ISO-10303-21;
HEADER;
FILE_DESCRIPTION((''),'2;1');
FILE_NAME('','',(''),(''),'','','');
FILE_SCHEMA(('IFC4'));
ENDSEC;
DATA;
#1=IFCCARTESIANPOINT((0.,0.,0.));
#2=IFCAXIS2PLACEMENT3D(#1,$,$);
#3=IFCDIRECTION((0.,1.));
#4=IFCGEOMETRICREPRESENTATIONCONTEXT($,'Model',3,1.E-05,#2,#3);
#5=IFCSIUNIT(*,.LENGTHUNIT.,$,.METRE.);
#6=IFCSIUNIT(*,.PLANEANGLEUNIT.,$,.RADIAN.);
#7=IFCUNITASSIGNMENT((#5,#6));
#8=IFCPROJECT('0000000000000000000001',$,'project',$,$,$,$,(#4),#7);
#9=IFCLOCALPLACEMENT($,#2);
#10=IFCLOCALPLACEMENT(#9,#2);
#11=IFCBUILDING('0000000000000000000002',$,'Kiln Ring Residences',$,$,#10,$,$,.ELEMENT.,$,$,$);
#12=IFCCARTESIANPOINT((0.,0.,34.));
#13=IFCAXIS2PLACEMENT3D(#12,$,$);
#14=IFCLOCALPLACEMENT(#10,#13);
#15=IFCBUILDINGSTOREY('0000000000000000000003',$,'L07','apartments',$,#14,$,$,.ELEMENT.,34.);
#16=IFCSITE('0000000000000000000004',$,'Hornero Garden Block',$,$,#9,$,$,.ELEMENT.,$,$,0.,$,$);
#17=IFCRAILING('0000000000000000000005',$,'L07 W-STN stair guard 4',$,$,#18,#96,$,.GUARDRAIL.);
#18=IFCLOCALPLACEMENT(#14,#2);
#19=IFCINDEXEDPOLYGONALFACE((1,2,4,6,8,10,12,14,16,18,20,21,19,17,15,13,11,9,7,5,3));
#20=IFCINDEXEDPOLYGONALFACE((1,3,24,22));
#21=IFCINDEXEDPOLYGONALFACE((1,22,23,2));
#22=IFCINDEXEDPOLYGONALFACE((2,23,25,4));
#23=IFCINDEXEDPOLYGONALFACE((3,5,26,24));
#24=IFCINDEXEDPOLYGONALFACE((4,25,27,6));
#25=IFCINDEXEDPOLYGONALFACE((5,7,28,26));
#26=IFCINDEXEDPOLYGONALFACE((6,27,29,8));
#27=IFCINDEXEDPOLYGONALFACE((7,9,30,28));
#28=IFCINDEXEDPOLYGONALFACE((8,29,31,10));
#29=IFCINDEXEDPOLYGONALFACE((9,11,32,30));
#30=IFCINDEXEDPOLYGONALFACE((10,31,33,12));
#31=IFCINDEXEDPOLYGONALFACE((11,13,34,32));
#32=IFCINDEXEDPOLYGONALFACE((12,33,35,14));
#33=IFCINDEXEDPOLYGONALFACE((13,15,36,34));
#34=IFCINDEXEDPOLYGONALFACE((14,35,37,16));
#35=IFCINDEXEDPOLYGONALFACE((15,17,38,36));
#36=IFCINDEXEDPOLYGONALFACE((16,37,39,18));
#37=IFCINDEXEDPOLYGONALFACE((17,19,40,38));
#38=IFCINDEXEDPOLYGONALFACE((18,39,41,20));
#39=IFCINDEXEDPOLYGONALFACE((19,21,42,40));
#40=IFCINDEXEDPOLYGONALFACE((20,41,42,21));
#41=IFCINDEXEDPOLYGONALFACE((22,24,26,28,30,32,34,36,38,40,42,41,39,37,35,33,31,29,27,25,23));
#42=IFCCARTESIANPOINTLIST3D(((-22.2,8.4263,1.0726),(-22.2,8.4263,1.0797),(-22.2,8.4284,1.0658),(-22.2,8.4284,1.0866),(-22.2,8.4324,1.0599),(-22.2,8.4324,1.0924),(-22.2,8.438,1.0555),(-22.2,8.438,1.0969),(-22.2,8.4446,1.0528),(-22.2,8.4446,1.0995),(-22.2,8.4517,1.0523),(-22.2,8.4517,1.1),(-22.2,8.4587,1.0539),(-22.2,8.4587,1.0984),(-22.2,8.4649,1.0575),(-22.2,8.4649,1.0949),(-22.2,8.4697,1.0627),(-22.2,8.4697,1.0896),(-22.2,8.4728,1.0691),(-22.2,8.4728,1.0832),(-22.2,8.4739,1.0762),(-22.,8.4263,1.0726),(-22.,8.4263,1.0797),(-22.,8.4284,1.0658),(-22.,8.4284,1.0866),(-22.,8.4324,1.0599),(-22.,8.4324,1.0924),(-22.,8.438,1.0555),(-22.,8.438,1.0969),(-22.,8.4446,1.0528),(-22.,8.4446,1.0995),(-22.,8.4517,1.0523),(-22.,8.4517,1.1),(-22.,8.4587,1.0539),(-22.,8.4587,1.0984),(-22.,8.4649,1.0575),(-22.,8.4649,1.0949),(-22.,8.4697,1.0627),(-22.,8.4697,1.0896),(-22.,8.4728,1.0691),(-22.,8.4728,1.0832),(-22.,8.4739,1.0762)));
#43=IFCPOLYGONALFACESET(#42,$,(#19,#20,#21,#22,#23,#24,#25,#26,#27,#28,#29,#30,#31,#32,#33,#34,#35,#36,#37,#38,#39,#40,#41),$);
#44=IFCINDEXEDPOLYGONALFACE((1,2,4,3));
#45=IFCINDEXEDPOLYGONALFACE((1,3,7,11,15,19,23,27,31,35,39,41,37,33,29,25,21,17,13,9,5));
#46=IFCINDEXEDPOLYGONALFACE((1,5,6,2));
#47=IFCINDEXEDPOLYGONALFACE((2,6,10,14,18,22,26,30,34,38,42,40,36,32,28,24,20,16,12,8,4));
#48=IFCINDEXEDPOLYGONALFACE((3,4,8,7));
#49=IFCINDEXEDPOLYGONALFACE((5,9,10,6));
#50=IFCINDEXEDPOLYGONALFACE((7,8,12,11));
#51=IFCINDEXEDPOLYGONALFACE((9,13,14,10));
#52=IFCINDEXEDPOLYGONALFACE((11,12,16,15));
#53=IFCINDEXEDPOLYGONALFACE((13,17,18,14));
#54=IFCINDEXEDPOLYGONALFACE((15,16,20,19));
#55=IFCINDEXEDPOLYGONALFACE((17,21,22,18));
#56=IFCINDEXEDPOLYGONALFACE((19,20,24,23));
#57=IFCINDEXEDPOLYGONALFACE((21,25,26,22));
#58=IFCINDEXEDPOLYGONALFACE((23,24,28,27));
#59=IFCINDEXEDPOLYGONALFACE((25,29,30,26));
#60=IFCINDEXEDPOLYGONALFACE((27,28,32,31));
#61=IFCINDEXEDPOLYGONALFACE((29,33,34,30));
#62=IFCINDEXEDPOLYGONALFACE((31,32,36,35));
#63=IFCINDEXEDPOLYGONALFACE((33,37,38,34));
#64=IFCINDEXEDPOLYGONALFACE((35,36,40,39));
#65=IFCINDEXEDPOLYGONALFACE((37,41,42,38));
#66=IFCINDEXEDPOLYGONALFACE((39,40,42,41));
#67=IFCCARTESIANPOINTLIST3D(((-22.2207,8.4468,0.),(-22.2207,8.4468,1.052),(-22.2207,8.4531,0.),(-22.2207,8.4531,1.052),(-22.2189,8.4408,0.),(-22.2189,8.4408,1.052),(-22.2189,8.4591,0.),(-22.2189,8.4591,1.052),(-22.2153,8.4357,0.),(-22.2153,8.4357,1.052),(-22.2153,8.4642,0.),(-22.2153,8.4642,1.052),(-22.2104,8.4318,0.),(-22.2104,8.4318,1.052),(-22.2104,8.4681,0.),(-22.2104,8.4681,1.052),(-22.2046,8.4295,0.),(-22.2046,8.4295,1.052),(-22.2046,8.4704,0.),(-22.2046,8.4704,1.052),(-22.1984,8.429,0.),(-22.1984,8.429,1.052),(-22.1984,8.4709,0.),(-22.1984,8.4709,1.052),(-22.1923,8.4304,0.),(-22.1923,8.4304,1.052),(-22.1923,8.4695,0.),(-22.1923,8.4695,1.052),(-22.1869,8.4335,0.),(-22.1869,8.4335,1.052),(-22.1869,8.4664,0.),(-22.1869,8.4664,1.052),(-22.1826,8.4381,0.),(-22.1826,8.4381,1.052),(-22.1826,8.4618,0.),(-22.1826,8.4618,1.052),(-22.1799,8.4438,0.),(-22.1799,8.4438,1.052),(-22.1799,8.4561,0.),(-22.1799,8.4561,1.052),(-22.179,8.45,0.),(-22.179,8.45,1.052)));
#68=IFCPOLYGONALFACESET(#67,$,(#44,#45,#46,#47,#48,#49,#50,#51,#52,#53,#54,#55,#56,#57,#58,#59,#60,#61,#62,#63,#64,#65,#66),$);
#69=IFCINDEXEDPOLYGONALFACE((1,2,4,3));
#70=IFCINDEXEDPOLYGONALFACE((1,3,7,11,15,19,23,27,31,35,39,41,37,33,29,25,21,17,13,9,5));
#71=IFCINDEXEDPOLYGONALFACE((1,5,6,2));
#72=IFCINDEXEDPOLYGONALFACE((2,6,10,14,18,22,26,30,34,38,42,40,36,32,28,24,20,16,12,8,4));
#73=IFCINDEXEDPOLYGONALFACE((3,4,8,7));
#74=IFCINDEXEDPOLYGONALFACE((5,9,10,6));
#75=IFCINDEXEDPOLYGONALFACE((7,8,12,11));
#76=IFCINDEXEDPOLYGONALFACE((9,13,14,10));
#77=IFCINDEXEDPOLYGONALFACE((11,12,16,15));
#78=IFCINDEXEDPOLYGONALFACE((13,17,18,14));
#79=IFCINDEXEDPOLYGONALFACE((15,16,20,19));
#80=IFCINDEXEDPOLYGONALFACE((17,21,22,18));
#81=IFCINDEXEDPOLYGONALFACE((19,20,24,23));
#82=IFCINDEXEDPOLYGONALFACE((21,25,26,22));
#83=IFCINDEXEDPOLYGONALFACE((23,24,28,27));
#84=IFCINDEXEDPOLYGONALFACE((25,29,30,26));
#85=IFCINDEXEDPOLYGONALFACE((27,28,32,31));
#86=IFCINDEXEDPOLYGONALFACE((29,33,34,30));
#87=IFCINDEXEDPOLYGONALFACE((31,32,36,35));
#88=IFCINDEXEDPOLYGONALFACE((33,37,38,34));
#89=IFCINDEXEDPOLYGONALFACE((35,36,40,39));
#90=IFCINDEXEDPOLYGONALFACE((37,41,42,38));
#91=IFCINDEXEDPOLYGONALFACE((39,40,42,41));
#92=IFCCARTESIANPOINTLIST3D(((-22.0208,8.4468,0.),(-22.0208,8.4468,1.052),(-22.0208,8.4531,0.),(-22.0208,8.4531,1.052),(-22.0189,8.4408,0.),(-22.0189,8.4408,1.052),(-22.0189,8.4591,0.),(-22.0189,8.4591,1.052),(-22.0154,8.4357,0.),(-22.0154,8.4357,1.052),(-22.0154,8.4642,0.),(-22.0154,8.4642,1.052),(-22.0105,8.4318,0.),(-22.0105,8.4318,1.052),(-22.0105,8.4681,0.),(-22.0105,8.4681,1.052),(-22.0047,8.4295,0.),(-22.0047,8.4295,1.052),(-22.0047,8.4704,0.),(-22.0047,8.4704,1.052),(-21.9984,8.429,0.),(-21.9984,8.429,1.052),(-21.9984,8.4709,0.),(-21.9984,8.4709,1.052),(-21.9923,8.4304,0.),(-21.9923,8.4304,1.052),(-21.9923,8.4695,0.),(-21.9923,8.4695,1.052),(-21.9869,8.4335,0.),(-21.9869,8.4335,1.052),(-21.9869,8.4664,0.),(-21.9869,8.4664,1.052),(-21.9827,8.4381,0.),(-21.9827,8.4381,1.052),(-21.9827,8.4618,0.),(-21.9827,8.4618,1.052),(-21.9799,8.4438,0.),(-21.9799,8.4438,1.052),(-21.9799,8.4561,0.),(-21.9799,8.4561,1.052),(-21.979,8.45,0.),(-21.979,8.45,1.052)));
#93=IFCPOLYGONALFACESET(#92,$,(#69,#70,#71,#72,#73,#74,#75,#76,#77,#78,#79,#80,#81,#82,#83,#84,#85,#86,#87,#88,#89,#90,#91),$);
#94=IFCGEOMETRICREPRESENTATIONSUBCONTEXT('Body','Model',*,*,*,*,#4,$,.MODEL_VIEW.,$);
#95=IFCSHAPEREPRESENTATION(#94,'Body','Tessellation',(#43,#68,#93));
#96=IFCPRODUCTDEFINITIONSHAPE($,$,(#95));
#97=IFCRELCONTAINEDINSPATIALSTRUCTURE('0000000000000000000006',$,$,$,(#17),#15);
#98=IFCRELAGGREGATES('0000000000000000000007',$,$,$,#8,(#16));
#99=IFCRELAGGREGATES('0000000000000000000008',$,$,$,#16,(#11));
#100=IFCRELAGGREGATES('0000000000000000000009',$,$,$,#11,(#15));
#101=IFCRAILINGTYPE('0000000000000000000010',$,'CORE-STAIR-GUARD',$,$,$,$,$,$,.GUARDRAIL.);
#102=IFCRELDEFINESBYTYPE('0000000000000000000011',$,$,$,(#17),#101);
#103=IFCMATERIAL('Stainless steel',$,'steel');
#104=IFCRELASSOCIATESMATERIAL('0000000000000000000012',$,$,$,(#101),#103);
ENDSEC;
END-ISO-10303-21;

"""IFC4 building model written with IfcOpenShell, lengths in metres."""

from ifc_helpers import new_model, si_unit, direction, frame, origin, origin_2d, place, context, subcontext, project, spatial, circle, extrude, material, type_object, element, save


model = new_model("IFC4")

# Units and contexts
model_context = context("Model", 3, precision=1e-05, world=origin(), true_north=direction((0.0, 1.0)))
body_context = subcontext(model_context, "Body", "Model", "MODEL_VIEW")
ifc_project = project(units=[si_unit("LENGTHUNIT", "METRE"), si_unit("PLANEANGLEUNIT", "RADIAN")], contexts=[model_context])

# Site, building, storey
site_placement = place(None, origin())
site = spatial("IfcSite", under=ifc_project, at=site_placement, Name="Hornero Garden Block", CompositionType="ELEMENT", RefElevation=0.0)
building_placement = place(site_placement, origin())
building = spatial("IfcBuilding", under=site, at=building_placement, Name="Kiln Ring Residences", CompositionType="ELEMENT")
storey_placement = place(building_placement, frame((0.0, 0.0, 34.0)))
storey = spatial("IfcBuildingStorey", under=building, at=storey_placement, Name="L07", Description="apartments", CompositionType="ELEMENT", Elevation=34.0)

# Railing
ifc_material_1 = material(Name="Stainless steel", Category="steel")
railing_type_1 = type_object("IfcRailingType", Name="CORE-STAIR-GUARD", PredefinedType="GUARDRAIL", material=ifc_material_1)
railing_1_placement = place(storey_placement, frame((-22.2, 8.45, 0.0)))
element("IfcRailing", 1, at=railing_1_placement, inside=storey, type_object=railing_type_1, Name="L07 W-STN stair guard 4", PredefinedType="GUARDRAIL", context=body_context, shape_type="SweptSolid", body=[
    extrude(circle(Radius=0.0239, at=origin_2d()), frame((0.0, 0.0, 1.0762), z_axis=(1.0, 0.0, 0.0), x_axis=(0.0, 1.0, 0.0)), (0.0, 0.0, 1.0), 0.2),
    extrude(circle(Radius=0.021, at=origin_2d()), origin(), (0.0, 0.0, 1.0), 1.052),
    extrude(circle(Radius=0.021, at=origin_2d()), frame((0.2, 0.0, 0.0)), (0.0, 0.0, 1.0), 1.052),
])

save(model, "model.ifc")
